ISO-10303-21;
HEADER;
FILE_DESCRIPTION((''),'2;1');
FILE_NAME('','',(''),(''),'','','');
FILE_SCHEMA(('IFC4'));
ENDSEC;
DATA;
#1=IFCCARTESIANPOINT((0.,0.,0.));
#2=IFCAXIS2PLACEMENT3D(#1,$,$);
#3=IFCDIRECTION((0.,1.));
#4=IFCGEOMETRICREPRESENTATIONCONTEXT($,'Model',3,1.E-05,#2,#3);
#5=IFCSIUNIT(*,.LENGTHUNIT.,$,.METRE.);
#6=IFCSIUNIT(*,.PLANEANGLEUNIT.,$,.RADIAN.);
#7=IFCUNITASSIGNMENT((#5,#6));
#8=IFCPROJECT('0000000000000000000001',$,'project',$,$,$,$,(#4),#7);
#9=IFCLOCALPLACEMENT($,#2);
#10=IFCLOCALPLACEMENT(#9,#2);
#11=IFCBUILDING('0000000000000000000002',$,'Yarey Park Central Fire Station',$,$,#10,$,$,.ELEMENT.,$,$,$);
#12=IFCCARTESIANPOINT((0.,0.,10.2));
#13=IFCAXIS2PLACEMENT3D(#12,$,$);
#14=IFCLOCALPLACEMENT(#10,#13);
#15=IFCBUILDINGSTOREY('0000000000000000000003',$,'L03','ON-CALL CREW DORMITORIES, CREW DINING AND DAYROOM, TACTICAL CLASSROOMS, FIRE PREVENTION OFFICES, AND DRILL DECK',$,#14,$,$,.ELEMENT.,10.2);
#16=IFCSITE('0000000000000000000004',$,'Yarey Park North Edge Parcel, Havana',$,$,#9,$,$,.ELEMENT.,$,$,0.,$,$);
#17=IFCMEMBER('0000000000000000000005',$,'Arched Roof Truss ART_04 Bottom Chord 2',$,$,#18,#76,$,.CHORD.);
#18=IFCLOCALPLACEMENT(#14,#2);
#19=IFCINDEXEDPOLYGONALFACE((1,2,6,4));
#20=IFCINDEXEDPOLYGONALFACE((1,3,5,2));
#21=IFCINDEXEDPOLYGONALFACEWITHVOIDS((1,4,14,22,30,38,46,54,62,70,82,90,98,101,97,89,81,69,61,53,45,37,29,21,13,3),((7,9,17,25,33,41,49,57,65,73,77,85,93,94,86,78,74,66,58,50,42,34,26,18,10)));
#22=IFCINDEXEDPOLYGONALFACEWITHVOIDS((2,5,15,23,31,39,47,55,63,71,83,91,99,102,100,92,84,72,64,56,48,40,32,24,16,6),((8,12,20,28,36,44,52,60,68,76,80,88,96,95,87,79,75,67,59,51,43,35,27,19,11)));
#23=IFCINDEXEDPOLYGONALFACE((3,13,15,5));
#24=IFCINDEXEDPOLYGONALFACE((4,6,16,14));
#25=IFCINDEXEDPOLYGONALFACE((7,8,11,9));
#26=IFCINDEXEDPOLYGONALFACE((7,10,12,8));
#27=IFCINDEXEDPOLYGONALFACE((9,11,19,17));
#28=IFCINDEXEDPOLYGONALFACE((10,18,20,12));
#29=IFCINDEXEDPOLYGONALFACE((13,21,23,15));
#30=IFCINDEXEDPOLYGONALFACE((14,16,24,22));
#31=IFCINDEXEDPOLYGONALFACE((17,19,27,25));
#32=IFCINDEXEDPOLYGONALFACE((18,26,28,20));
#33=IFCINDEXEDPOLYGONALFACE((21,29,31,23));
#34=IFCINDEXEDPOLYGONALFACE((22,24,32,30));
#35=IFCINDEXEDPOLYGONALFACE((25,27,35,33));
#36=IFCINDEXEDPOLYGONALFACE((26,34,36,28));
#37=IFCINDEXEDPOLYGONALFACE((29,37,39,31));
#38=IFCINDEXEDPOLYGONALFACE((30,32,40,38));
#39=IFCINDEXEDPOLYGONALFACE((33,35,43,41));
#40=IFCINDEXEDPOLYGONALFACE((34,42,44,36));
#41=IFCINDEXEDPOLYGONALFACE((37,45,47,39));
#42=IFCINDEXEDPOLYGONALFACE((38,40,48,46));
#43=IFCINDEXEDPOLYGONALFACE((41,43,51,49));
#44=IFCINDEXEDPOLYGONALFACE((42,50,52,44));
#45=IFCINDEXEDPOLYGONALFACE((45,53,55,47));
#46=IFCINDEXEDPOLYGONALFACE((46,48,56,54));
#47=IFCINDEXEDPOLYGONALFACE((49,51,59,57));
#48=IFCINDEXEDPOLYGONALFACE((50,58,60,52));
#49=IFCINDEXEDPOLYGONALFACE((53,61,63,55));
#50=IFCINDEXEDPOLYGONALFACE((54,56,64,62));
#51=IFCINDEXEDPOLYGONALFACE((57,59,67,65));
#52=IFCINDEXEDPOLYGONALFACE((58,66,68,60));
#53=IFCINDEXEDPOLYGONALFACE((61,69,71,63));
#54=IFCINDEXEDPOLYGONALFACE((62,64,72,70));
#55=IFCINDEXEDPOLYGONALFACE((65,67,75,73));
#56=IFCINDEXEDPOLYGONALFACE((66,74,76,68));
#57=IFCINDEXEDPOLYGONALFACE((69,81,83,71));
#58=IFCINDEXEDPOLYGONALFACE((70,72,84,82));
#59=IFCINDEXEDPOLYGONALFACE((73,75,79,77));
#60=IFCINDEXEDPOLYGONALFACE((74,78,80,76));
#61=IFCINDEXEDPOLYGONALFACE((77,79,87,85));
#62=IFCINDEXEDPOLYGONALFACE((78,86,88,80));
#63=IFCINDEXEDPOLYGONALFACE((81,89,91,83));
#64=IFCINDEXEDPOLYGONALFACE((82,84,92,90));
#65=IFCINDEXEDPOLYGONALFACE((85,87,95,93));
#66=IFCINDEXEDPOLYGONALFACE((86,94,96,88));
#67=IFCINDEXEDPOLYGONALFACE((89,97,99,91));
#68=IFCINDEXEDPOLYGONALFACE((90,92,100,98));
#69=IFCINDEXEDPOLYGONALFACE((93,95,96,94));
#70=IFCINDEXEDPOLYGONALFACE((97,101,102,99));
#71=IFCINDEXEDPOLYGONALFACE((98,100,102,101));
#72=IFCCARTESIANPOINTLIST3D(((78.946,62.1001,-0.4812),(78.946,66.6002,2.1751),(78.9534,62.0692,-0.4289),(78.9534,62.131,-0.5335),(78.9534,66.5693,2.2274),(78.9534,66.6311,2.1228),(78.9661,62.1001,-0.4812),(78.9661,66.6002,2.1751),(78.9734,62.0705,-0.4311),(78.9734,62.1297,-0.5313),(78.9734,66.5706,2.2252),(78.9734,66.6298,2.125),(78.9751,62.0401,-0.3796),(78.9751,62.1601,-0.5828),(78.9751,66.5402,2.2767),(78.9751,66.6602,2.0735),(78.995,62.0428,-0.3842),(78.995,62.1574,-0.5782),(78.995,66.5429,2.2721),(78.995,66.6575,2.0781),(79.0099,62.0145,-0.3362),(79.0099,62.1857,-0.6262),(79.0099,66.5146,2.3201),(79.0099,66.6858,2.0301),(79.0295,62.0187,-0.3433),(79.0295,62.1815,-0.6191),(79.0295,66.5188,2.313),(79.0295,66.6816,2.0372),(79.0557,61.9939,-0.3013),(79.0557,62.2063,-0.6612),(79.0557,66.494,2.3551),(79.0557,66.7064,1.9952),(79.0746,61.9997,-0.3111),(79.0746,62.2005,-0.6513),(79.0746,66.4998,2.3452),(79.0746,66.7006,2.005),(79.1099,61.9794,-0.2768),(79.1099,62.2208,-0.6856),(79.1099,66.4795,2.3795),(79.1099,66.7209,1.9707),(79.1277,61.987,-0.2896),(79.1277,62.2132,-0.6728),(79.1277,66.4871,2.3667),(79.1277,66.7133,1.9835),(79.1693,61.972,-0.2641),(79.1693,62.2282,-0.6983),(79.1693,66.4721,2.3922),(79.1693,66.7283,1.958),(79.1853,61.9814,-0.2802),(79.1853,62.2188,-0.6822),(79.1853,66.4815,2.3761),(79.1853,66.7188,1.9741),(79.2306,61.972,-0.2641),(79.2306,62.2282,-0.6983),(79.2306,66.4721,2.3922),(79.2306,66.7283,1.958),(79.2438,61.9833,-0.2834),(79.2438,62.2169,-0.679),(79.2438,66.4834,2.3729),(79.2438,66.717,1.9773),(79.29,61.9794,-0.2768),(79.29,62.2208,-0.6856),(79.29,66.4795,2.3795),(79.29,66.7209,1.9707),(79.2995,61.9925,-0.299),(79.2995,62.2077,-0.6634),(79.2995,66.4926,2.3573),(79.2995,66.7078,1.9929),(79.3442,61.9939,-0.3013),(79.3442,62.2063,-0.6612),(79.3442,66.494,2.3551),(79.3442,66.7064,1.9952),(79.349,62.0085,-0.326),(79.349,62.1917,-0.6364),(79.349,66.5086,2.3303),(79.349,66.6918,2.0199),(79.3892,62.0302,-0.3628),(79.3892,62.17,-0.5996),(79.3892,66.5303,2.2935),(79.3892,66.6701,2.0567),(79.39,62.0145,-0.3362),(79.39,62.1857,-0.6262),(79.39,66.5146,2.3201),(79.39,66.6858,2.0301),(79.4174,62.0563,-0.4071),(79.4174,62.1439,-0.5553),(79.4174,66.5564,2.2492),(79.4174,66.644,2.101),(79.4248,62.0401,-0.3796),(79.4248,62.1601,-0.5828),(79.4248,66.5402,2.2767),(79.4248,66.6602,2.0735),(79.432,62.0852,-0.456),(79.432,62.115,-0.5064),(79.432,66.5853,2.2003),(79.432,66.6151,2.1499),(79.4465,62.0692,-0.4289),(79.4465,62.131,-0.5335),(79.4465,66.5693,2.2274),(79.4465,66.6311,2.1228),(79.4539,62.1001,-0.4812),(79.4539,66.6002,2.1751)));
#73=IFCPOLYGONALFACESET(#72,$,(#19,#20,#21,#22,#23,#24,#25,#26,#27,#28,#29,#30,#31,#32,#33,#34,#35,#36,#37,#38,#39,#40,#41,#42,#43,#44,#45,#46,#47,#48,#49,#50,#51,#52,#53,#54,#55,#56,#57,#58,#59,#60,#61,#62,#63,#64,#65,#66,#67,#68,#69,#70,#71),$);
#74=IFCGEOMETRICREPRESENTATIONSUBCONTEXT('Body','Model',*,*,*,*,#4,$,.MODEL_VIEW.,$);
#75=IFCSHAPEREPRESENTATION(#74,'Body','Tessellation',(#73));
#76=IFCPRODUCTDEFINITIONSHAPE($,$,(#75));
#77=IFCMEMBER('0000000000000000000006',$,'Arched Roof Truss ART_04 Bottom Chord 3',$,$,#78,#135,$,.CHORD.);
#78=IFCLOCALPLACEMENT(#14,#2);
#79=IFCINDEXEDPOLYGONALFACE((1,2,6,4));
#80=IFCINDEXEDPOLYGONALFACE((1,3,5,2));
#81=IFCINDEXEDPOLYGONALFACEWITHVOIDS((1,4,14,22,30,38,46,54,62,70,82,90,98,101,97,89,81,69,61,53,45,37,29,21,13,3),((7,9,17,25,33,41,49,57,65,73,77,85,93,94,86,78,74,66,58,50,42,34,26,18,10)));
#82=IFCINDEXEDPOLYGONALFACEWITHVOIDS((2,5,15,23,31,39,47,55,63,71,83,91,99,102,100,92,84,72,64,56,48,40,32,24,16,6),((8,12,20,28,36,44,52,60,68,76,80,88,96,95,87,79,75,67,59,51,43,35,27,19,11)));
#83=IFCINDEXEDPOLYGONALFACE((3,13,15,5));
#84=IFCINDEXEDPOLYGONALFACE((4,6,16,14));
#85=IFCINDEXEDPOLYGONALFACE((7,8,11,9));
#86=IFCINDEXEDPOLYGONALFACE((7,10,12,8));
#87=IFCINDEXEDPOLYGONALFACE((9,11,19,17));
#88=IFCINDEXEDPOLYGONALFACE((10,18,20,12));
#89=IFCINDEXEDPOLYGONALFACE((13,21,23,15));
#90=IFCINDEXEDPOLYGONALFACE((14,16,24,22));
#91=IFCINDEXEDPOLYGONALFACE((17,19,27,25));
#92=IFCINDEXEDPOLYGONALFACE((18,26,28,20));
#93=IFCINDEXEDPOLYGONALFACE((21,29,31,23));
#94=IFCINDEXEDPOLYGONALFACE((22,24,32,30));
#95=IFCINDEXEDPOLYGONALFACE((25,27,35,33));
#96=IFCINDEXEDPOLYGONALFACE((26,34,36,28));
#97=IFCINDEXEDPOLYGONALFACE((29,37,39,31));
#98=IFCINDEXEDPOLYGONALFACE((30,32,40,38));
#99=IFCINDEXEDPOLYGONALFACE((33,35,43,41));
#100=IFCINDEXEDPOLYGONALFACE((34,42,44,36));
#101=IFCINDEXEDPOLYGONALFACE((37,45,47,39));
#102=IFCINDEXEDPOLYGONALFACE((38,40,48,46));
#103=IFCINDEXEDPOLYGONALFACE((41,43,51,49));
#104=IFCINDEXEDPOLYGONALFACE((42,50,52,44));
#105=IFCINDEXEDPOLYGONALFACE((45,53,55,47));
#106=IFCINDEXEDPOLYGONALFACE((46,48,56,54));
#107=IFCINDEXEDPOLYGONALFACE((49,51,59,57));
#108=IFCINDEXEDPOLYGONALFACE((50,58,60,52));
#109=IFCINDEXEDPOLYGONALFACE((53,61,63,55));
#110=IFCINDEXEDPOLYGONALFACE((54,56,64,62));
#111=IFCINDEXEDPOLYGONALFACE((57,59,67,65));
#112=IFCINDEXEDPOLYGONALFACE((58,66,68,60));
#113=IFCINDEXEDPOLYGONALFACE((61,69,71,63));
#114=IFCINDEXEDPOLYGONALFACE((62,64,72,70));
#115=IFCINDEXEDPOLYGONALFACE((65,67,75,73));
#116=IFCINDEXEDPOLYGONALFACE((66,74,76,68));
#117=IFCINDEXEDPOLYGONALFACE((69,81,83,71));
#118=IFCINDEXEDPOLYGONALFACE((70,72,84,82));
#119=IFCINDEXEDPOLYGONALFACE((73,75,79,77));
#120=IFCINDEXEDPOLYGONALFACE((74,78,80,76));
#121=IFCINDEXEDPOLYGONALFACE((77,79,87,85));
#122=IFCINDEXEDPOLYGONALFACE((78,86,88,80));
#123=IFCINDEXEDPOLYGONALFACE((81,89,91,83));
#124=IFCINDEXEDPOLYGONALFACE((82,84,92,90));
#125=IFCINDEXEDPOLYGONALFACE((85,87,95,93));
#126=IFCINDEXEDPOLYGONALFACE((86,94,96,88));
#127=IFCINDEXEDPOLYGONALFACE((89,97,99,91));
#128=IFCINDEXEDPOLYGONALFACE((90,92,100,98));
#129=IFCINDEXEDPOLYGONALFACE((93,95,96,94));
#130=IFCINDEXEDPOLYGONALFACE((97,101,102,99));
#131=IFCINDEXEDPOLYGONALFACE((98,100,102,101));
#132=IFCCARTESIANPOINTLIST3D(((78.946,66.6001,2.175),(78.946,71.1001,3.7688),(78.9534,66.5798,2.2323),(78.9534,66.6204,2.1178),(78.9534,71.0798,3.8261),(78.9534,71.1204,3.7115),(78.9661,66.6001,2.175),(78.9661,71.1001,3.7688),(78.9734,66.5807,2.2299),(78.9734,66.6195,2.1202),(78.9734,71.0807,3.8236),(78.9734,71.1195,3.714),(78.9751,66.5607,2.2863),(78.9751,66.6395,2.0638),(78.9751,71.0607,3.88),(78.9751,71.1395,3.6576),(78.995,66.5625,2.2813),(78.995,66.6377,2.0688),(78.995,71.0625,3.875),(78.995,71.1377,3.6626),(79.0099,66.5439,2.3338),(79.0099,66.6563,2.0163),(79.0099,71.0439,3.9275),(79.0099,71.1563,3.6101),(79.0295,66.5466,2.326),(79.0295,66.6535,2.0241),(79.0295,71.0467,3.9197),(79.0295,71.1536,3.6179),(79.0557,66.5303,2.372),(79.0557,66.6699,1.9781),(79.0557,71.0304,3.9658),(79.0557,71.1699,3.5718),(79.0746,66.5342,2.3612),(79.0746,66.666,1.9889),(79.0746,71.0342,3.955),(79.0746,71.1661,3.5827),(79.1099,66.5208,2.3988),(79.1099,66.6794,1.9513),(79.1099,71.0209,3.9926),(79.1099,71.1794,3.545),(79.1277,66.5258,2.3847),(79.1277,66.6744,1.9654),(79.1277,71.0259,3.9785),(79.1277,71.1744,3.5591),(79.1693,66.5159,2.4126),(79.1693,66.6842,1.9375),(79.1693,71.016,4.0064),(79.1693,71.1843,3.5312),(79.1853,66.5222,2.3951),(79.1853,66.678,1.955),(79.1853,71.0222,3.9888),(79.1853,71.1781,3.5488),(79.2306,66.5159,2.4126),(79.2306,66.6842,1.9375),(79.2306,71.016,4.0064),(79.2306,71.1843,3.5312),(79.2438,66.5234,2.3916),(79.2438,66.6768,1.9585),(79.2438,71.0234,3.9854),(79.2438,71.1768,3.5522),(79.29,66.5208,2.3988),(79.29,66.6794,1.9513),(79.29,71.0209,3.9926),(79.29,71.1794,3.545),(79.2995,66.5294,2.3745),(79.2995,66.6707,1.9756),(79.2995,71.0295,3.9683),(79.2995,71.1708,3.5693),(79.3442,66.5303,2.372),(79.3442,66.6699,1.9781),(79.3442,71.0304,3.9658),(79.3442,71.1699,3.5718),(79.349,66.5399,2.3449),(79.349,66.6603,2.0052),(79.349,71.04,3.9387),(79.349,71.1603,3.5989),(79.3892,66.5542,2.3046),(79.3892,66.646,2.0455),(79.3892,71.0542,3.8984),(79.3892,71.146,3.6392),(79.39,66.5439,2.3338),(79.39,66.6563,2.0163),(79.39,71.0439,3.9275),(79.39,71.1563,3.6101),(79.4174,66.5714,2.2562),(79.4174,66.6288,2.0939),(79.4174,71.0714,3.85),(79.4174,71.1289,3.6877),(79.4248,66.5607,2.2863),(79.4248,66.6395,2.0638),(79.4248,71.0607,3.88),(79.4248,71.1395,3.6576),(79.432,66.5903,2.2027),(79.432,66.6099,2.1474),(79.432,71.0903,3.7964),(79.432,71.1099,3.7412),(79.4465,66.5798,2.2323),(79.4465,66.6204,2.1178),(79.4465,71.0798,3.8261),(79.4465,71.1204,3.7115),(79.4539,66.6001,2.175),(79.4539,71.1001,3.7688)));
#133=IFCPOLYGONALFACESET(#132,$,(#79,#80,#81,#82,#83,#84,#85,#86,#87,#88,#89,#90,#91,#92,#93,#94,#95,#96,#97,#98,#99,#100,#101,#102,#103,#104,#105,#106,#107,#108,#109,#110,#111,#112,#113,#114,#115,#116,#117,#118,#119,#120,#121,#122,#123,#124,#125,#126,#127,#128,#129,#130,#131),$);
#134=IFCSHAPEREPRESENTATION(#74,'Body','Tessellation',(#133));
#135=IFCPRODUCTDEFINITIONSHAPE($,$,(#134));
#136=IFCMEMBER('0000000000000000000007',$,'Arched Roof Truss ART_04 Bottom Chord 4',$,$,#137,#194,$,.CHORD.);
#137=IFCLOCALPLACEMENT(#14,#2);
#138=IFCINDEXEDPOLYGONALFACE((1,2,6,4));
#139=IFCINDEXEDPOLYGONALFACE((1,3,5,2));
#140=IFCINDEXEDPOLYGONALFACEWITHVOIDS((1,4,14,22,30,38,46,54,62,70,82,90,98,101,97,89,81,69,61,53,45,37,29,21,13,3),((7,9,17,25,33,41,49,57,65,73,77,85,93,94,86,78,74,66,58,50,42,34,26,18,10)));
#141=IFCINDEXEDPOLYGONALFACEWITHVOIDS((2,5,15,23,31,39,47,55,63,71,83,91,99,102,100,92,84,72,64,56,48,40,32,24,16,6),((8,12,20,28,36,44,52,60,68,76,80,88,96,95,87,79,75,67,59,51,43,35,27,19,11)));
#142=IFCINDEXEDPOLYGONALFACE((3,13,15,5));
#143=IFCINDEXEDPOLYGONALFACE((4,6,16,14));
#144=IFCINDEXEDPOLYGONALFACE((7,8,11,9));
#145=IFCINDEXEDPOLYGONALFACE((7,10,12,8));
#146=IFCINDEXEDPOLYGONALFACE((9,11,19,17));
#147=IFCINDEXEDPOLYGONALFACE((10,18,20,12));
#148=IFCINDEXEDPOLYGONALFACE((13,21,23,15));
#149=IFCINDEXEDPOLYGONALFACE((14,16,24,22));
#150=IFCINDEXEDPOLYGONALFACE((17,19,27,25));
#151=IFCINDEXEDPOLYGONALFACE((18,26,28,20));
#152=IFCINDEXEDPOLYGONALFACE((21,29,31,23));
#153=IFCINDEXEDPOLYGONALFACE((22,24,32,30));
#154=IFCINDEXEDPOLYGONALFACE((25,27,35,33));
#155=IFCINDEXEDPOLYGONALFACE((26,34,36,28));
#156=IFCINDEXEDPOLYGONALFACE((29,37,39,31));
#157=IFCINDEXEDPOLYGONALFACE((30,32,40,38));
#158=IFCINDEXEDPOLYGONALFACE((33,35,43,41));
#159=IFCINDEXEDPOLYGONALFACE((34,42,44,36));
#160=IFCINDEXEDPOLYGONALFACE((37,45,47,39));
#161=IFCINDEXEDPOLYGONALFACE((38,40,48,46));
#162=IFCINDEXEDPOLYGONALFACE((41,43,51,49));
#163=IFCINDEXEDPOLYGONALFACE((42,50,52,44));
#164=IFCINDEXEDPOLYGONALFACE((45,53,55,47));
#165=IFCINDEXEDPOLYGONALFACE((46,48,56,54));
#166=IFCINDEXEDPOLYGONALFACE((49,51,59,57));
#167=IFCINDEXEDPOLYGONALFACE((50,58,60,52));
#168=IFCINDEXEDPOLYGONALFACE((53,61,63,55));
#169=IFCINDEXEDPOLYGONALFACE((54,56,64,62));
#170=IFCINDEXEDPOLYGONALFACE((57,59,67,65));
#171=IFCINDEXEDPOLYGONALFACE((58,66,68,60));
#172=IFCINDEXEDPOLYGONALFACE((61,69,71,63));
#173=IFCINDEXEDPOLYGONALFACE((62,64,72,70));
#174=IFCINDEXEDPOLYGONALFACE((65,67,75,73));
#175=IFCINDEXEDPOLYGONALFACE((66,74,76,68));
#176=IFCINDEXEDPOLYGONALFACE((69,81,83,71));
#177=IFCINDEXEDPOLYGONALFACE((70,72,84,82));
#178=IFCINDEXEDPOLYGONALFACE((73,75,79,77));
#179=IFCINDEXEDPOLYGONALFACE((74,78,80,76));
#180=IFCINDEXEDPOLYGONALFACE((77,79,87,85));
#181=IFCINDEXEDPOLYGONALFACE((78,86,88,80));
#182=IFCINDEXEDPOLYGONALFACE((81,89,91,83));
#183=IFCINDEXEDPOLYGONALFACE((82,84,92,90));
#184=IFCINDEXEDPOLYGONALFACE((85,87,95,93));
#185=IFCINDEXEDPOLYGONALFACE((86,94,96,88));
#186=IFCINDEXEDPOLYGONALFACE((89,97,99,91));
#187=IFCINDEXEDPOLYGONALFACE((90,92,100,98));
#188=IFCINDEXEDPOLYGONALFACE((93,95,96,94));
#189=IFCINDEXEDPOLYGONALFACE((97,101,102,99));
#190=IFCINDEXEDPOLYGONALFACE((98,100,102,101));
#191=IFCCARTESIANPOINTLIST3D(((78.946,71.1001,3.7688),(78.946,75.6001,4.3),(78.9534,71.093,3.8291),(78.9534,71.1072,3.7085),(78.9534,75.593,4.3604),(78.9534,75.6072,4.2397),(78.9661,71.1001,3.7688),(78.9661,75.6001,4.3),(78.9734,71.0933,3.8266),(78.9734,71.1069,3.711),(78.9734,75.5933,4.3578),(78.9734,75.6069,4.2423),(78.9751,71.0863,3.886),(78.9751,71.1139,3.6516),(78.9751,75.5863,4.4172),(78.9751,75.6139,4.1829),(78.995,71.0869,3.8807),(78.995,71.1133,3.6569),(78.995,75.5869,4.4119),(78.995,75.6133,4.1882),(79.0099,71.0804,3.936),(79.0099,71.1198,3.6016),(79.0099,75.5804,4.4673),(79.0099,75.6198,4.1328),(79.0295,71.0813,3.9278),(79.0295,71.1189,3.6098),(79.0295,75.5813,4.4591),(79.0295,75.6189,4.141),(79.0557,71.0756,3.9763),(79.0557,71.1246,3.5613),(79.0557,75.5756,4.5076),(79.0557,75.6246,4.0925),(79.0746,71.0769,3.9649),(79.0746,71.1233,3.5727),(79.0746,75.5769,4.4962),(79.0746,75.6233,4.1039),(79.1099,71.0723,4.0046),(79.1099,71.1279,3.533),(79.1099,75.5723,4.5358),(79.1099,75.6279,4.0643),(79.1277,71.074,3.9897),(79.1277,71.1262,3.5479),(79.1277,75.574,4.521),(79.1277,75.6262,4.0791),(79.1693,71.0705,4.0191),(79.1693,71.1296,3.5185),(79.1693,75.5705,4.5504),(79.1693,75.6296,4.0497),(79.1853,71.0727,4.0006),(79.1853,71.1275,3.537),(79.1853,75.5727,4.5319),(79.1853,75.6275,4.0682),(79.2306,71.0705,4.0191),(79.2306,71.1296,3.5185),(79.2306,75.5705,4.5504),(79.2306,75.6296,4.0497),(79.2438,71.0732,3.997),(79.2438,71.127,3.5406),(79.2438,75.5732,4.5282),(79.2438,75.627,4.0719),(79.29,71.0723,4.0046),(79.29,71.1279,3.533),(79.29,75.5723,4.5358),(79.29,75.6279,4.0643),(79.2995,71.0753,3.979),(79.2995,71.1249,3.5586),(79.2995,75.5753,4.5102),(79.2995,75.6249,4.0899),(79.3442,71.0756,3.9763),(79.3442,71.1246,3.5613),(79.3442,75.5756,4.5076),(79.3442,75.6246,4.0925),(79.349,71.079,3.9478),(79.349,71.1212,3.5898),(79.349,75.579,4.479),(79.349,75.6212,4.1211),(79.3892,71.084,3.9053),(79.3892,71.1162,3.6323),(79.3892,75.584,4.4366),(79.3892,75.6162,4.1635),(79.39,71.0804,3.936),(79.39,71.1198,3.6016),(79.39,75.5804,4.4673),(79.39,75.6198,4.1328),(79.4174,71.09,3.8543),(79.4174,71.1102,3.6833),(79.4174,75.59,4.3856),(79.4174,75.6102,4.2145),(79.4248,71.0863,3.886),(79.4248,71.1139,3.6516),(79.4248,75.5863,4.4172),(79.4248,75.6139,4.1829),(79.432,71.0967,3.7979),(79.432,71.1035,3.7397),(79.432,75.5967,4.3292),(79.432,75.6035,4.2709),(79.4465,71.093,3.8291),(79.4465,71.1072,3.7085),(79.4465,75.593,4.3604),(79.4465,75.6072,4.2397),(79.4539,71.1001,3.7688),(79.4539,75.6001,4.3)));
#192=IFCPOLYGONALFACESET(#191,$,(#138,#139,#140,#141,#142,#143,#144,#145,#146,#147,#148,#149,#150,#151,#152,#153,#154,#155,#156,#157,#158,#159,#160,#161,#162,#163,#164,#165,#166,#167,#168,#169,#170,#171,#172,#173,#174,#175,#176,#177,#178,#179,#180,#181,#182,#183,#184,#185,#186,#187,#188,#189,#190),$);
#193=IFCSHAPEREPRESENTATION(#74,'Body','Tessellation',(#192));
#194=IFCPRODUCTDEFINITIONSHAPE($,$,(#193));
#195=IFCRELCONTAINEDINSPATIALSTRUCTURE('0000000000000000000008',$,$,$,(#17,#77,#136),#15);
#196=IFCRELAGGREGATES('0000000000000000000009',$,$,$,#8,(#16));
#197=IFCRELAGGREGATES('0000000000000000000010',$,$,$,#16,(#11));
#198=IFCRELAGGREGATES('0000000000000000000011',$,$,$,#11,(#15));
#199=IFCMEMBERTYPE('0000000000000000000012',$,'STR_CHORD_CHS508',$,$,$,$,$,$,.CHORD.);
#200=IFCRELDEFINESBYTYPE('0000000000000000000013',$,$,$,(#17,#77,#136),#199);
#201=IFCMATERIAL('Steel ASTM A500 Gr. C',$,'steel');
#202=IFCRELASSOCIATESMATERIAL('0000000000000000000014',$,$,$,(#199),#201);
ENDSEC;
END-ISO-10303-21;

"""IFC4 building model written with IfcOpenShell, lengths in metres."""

from ifc_helpers import new_model, si_unit, direction, frame, origin, origin_2d, place, context, subcontext, project, spatial, hollow_circle, extrude, material, material_profile, profile_set, type_object, element, save


model = new_model("IFC4")

# Units and contexts
model_context = context("Model", 3, precision=1e-05, world=origin(), true_north=direction((0.0, 1.0)))
body_context = subcontext(model_context, "Body", "Model", "MODEL_VIEW")
ifc_project = project(units=[si_unit("LENGTHUNIT", "METRE"), si_unit("PLANEANGLEUNIT", "RADIAN")], contexts=[model_context])

# Site, building, storey
site_placement = place(None, origin())
site = spatial("IfcSite", under=ifc_project, at=site_placement, Name="Yarey Park North Edge Parcel, Havana", CompositionType="ELEMENT", RefElevation=0.0)
building_placement = place(site_placement, origin())
building = spatial("IfcBuilding", under=site, at=building_placement, Name="Yarey Park Central Fire Station", CompositionType="ELEMENT")
storey_placement = place(building_placement, frame((0.0, 0.0, 10.2)))
storey = spatial("IfcBuildingStorey", under=building, at=storey_placement, Name="L03", Description="ON-CALL CREW DORMITORIES, CREW DINING AND DAYROOM, TACTICAL CLASSROOMS, FIRE PREVENTION OFFICES, AND DRILL DECK", CompositionType="ELEMENT", Elevation=10.2)

# Members
ifc_material_1 = material(Name="Steel ASTM A500 Gr. C", Category="steel")
ifc_material_profile_1 = material_profile(ifc_material_1, hollow_circle(Radius=0.2539, WallThickness=0.02, at=origin_2d()), Name="CHS 508x20")
ifc_profile_set_1 = profile_set([ifc_material_profile_1], Name="Steel ASTM A500 Gr. C")
member_type_1 = type_object("IfcMemberType", Name="STR_CHORD_CHS508", PredefinedType="CHORD", material=ifc_profile_set_1)
member_1_placement = place(storey_placement, frame((79.2, 62.1001, -0.4812), z_axis=(0.0, 0.861165, 0.508326), x_axis=(-1.0, 0.0, 0.0)))
element("IfcMember", 1, at=member_1_placement, inside=storey, type_object=member_type_1, Name="Arched Roof Truss ART_04 Bottom Chord 2", PredefinedType="CHORD", context=body_context, shape_type="SweptSolid", body=[
    extrude(hollow_circle(Radius=0.2539, WallThickness=0.02, at=origin_2d()), origin(), (0.0, 0.0, 1.0), 5.2256),
])
member_2_placement = place(storey_placement, frame((79.2, 66.6001, 2.175), z_axis=(0.0, 0.942627, 0.333847), x_axis=(-1.0, 0.0, 0.0)))
element("IfcMember", 2, at=member_2_placement, inside=storey, type_object=member_type_1, Name="Arched Roof Truss ART_04 Bottom Chord 3", PredefinedType="CHORD", context=body_context, shape_type="SweptSolid", body=[
    extrude(hollow_circle(Radius=0.2539, WallThickness=0.02, at=origin_2d()), origin(), (0.0, 0.0, 1.0), 4.7739),
])
member_3_placement = place(storey_placement, frame((79.2, 71.1001, 3.7688), z_axis=(0.0, 0.993103, 0.117241), x_axis=(-1.0, 0.0, 0.0)))
element("IfcMember", 3, at=member_3_placement, inside=storey, type_object=member_type_1, Name="Arched Roof Truss ART_04 Bottom Chord 4", PredefinedType="CHORD", context=body_context, shape_type="SweptSolid", body=[
    extrude(hollow_circle(Radius=0.2539, WallThickness=0.02, at=origin_2d()), origin(), (0.0, 0.0, 1.0), 4.5312),
])

save(model, "model.ifc")
